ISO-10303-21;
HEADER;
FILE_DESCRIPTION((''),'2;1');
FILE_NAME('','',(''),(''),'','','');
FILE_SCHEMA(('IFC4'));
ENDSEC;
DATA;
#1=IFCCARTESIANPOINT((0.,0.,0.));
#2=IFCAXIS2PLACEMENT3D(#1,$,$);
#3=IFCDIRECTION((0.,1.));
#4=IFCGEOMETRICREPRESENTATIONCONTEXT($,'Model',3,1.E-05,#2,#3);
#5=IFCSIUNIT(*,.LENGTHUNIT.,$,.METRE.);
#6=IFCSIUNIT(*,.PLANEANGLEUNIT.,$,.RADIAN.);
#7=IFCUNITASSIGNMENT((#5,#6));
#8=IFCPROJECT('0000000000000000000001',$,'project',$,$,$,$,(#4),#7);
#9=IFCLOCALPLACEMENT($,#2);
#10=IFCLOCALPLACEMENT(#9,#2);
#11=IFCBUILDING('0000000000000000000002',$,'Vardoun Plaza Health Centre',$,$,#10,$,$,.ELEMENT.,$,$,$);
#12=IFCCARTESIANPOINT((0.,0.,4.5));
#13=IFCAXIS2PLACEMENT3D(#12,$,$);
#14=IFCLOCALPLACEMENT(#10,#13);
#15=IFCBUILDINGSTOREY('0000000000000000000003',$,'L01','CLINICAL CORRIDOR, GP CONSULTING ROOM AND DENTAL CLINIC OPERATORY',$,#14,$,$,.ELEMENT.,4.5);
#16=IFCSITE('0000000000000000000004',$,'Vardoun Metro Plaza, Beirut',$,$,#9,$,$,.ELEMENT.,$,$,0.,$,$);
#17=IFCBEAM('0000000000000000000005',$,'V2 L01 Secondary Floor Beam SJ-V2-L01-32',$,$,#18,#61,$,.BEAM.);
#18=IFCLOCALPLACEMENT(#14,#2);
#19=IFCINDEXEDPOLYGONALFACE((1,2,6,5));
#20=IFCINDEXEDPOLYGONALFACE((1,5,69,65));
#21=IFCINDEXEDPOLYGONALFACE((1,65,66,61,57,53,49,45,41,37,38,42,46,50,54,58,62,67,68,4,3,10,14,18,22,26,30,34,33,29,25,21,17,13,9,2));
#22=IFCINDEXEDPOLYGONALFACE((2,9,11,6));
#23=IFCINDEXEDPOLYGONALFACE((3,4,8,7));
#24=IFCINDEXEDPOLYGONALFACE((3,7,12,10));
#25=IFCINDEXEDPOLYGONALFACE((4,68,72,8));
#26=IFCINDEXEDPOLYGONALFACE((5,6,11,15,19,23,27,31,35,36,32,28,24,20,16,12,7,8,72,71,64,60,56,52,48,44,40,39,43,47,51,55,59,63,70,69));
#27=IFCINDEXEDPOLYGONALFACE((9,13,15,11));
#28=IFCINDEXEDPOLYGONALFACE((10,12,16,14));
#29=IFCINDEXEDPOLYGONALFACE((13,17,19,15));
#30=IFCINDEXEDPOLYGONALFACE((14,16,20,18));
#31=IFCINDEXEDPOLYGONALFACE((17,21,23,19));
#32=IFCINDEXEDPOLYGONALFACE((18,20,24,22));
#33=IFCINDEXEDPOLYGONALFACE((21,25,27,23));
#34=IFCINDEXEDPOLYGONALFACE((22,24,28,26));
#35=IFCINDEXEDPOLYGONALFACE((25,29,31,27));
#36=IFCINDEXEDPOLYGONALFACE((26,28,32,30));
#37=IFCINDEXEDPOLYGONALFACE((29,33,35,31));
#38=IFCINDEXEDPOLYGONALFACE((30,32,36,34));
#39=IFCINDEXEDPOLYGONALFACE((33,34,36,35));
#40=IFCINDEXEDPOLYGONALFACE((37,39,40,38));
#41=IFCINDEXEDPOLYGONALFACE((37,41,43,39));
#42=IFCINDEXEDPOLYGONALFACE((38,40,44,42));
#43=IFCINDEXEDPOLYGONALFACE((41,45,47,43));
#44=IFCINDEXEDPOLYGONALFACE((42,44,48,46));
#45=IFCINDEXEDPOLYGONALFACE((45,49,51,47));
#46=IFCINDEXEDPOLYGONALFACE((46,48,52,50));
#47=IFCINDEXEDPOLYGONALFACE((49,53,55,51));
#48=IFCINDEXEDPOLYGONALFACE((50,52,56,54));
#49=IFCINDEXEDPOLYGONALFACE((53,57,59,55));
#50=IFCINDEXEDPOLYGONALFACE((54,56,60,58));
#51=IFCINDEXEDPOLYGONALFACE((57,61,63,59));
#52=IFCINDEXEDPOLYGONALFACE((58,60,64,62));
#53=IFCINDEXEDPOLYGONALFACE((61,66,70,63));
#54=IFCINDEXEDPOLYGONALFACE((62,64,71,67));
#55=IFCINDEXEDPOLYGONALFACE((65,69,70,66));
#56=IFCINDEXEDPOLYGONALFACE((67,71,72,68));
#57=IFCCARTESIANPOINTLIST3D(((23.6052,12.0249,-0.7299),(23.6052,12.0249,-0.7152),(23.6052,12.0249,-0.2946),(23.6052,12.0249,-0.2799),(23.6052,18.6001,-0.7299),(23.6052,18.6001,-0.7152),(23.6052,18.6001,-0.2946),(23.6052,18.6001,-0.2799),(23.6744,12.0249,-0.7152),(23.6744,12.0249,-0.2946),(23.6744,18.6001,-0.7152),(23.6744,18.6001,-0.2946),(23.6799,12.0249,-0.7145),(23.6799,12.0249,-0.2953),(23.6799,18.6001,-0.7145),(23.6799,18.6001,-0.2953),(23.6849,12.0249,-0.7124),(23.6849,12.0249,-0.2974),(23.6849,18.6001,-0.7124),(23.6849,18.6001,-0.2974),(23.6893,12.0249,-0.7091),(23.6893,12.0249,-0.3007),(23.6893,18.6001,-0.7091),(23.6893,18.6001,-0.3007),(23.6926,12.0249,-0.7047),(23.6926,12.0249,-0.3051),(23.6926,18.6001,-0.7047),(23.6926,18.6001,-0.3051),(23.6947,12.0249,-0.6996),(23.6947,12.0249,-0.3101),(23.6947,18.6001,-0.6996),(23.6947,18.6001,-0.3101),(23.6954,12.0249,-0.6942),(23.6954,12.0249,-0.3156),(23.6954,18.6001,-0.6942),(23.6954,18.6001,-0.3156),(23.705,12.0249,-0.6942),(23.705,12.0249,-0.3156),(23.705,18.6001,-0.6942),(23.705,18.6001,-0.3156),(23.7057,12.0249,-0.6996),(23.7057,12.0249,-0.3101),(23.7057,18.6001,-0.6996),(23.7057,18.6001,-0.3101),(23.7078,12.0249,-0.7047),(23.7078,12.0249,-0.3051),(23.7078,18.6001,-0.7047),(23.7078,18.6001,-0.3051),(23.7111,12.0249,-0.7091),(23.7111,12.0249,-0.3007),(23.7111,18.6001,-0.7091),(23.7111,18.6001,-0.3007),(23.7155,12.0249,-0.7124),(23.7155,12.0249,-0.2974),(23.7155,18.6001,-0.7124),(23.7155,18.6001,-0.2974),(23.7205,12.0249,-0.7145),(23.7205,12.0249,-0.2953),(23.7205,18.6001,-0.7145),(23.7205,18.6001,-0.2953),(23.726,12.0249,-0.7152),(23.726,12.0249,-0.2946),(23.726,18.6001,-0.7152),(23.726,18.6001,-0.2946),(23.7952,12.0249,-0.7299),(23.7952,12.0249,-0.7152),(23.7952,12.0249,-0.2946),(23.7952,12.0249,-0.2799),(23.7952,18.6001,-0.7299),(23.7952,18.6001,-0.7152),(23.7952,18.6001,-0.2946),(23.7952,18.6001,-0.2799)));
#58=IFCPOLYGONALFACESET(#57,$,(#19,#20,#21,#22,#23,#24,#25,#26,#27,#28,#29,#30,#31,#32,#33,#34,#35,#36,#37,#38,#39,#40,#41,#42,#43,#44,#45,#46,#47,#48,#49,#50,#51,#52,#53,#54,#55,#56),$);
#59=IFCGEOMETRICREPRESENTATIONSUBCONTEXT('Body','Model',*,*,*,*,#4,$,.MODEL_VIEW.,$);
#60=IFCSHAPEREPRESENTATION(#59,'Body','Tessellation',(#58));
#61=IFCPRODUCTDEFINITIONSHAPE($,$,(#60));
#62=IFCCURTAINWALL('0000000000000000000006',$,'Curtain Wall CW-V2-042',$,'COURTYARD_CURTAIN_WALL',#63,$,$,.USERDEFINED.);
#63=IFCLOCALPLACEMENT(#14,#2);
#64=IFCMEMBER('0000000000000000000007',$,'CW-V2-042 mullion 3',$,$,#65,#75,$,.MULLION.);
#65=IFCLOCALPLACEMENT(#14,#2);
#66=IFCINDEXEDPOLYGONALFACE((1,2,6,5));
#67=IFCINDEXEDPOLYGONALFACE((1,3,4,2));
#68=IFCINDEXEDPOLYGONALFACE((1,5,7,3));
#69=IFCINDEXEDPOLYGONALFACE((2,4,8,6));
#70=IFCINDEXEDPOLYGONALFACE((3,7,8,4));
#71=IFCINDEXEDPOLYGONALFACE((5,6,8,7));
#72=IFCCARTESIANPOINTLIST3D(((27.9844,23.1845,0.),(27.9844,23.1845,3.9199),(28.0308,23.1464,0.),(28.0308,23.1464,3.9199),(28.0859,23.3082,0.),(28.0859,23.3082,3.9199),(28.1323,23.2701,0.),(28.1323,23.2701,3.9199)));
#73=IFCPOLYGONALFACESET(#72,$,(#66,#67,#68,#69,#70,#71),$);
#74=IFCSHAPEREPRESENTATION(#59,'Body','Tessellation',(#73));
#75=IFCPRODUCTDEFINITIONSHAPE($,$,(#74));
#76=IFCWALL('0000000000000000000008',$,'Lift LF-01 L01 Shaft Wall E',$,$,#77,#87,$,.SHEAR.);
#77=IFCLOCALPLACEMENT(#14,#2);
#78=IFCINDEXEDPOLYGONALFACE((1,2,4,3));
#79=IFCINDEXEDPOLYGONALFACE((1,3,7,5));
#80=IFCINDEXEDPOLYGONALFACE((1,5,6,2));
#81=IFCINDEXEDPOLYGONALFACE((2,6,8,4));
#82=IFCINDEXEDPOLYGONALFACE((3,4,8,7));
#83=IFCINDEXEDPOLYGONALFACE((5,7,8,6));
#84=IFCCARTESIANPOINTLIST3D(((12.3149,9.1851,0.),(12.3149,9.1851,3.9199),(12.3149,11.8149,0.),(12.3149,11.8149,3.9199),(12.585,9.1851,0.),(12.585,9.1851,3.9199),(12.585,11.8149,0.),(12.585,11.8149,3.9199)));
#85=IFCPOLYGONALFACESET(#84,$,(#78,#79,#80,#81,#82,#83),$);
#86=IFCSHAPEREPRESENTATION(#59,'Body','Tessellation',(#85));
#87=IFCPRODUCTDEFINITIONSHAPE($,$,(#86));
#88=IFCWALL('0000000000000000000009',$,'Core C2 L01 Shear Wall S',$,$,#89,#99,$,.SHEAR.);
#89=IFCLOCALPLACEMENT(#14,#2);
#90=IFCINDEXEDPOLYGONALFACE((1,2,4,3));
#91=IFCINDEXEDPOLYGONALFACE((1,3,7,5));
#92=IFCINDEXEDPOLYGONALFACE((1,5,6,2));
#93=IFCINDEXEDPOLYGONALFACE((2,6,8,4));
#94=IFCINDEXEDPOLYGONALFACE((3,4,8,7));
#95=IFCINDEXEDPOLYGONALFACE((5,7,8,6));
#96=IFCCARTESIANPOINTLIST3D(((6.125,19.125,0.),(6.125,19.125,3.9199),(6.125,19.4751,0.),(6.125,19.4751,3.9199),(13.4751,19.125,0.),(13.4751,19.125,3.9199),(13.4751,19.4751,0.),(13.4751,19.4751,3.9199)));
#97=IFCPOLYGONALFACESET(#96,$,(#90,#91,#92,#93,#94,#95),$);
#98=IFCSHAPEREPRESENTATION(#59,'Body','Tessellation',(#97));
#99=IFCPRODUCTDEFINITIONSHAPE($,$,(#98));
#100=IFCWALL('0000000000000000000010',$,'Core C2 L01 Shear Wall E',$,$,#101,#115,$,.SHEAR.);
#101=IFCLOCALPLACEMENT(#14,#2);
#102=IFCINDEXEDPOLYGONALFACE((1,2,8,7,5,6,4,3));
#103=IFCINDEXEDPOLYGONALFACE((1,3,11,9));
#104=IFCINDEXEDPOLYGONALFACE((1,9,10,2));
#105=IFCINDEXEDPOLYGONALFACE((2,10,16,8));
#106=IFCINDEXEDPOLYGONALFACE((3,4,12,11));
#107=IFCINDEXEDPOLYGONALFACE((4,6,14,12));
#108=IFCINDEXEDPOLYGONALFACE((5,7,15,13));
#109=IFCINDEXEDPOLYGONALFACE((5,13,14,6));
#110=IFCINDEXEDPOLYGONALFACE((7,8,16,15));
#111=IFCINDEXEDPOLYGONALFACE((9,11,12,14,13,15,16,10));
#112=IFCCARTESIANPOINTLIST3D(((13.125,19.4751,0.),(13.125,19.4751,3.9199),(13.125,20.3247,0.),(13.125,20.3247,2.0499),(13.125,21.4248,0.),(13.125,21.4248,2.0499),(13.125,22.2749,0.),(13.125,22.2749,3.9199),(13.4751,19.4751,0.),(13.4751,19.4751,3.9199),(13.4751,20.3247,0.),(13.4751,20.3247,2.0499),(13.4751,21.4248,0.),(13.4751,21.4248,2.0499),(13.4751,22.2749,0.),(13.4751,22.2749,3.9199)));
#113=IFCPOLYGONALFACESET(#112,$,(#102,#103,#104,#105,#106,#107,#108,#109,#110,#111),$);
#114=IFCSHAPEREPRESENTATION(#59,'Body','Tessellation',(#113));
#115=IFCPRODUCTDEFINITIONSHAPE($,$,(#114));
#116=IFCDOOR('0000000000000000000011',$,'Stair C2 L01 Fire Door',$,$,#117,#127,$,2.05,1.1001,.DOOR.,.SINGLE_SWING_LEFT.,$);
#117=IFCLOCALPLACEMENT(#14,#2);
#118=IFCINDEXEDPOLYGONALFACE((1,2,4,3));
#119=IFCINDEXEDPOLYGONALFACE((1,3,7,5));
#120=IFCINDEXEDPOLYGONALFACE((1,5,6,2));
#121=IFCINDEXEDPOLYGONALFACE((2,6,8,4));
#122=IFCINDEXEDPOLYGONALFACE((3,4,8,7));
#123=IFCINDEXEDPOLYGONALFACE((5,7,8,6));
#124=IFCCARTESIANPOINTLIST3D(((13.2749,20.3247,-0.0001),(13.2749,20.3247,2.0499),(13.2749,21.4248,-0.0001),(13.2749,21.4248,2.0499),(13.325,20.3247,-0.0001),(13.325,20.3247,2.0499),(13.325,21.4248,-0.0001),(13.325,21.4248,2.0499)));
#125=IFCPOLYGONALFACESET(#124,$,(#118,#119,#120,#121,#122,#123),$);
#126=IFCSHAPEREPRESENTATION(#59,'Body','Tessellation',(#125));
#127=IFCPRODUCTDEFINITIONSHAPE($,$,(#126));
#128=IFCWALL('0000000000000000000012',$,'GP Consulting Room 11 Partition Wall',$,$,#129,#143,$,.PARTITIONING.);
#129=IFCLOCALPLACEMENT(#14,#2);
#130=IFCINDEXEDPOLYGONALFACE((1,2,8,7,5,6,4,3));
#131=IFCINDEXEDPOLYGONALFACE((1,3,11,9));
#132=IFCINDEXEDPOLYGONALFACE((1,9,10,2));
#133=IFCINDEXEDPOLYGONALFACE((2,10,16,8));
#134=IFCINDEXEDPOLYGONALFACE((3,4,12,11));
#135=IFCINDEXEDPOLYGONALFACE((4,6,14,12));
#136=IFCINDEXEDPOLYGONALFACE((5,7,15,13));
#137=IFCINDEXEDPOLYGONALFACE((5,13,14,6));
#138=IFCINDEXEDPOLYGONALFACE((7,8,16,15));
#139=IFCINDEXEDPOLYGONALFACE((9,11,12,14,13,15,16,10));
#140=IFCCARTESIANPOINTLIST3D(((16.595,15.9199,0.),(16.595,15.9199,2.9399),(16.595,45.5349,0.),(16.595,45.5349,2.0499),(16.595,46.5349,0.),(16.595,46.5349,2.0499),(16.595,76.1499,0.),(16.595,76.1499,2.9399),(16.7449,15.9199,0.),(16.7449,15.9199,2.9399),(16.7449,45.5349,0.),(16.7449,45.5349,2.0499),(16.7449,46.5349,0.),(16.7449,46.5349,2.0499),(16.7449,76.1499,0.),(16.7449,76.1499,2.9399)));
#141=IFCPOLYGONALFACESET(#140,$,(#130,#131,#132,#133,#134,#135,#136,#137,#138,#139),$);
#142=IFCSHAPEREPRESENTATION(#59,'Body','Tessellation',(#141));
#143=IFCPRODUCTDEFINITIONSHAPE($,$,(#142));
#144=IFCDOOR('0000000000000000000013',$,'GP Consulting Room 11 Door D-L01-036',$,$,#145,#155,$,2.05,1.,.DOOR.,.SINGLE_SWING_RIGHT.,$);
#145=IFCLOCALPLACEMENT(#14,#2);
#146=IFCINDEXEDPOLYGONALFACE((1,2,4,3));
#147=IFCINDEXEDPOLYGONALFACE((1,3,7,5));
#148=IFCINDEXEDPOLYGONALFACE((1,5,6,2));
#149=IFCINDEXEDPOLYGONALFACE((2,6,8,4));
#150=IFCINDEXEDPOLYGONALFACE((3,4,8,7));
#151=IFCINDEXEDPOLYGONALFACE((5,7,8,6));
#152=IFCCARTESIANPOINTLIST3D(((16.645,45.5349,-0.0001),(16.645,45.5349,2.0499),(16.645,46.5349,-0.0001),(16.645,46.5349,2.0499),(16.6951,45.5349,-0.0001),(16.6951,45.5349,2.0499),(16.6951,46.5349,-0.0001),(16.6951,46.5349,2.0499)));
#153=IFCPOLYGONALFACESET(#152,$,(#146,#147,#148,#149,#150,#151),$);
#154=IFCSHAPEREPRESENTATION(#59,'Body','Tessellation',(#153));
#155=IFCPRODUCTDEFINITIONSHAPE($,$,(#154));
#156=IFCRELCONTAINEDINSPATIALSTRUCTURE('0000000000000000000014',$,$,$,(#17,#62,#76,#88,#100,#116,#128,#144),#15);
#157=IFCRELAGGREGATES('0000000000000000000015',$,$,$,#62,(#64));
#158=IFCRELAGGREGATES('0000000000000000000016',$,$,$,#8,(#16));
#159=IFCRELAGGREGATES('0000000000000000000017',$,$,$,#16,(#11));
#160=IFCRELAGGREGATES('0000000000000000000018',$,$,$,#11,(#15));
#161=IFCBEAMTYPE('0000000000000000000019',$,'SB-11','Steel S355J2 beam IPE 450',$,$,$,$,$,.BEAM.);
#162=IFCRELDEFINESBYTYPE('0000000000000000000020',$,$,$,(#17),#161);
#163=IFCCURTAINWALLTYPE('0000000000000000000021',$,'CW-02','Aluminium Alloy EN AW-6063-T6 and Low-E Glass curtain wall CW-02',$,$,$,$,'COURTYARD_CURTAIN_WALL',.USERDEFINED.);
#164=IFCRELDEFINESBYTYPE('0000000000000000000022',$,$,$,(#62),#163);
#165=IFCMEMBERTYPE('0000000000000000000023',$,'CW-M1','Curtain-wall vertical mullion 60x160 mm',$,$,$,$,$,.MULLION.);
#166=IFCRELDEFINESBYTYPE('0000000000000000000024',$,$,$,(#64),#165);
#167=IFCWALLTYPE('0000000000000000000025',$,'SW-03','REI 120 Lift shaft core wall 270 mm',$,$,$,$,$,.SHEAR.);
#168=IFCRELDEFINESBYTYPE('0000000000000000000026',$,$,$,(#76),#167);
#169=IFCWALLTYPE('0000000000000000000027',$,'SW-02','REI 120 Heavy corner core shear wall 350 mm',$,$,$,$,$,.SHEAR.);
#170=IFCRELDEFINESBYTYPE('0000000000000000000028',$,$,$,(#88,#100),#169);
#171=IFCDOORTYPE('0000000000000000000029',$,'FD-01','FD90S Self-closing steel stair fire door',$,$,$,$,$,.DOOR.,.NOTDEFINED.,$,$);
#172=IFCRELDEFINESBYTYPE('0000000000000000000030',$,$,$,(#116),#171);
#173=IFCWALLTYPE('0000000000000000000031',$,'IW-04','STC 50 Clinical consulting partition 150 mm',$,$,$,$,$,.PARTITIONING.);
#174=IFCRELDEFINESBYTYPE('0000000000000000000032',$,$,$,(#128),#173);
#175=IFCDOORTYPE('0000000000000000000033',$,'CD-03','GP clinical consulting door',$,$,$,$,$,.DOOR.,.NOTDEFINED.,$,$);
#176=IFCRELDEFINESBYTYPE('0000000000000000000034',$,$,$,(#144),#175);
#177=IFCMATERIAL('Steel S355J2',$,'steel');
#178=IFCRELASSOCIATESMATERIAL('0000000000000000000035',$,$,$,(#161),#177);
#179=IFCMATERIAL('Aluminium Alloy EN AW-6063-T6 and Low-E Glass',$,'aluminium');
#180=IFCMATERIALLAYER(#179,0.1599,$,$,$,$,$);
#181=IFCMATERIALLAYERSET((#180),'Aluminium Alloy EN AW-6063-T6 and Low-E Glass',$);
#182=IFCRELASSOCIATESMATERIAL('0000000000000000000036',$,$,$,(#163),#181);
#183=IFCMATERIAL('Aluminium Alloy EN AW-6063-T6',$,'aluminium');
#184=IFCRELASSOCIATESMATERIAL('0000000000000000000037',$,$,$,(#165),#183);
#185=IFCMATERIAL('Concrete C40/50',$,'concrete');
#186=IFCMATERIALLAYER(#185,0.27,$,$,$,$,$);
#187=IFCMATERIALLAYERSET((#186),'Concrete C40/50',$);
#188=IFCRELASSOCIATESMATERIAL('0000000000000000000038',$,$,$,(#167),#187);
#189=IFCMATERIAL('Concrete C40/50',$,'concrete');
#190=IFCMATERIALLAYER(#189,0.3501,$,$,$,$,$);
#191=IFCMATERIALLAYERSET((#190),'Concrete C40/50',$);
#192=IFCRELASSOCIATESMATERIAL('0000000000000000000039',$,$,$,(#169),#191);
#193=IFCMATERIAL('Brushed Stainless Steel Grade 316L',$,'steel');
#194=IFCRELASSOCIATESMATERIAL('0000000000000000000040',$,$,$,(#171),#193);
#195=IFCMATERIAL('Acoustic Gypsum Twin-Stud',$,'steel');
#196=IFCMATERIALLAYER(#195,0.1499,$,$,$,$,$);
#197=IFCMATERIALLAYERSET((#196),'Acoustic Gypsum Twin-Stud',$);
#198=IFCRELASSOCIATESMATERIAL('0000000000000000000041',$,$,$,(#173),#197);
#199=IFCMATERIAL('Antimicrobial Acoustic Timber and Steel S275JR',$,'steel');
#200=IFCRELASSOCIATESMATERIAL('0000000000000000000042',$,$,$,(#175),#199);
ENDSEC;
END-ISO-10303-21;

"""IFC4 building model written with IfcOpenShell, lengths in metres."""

from ifc_helpers import new_model, si_unit, direction, frame, frame_2d, origin, origin_2d, place, context, subcontext, project, spatial, rectangle, i_section, extrude, material, layer, layer_set, material_profile, profile_set, type_object, element, fill, aggregate, save


model = new_model("IFC4")

# Units and contexts
model_context = context("Model", 3, precision=1e-05, world=origin(), true_north=direction((0.0, 1.0)))
body_context = subcontext(model_context, "Body", "Model", "MODEL_VIEW")
ifc_project = project(units=[si_unit("LENGTHUNIT", "METRE"), si_unit("PLANEANGLEUNIT", "RADIAN")], contexts=[model_context])

# Site, building, storey
site_placement = place(None, origin())
site = spatial("IfcSite", under=ifc_project, at=site_placement, Name="Vardoun Metro Plaza, Beirut", CompositionType="ELEMENT", RefElevation=0.0)
building_placement = place(site_placement, origin())
building = spatial("IfcBuilding", under=site, at=building_placement, Name="Vardoun Plaza Health Centre", CompositionType="ELEMENT")
storey_placement = place(building_placement, frame((0.0, 0.0, 4.5)))
storey = spatial("IfcBuildingStorey", under=building, at=storey_placement, Name="L01", Description="CLINICAL CORRIDOR, GP CONSULTING ROOM AND DENTAL CLINIC OPERATORY", CompositionType="ELEMENT", Elevation=4.5)

# Beam
ifc_material_1 = material(Name="Steel S355J2", Category="steel")
ifc_material_profile_1 = material_profile(ifc_material_1, i_section(OverallWidth=0.1899, OverallDepth=0.45, WebThickness=0.0095, FlangeThickness=0.0146, FilletRadius=0.021, at=origin_2d()), Name="IPE 450")
ifc_profile_set_1 = profile_set([ifc_material_profile_1], Name="Steel S355J2")
beam_type_1 = type_object("IfcBeamType", Name="SB-11", Description="Steel S355J2 beam IPE 450", PredefinedType="BEAM", material=ifc_profile_set_1)
beam_1_placement = place(storey_placement, frame((23.7002, 12.0249, -0.5049), z_axis=(0.0, 1.0, 0.0), x_axis=(-1.0, 0.0, 0.0)))
element("IfcBeam", 1, at=beam_1_placement, inside=storey, type_object=beam_type_1, Name="V2 L01 Secondary Floor Beam SJ-V2-L01-32", PredefinedType="BEAM", context=body_context, shape_type="SweptSolid", body=[
    extrude(i_section(OverallWidth=0.1899, OverallDepth=0.45, WebThickness=0.0095, FlangeThickness=0.0146, FilletRadius=0.021, at=origin_2d()), origin(), (0.0, 0.0, 1.0), 6.5752),
])

# Curtain wall, member
ifc_material_2 = material(Name="Aluminium Alloy EN AW-6063-T6 and Low-E Glass", Category="aluminium")
ifc_layer_1 = layer(ifc_material_2, 0.1599)
ifc_layer_set_1 = layer_set([ifc_layer_1], Name="Aluminium Alloy EN AW-6063-T6 and Low-E Glass")
curtain_wall_type = type_object("IfcCurtainWallType", Name="CW-02", Description="Aluminium Alloy EN AW-6063-T6 and Low-E Glass curtain wall CW-02", ElementType="COURTYARD_CURTAIN_WALL", PredefinedType="USERDEFINED", material=ifc_layer_set_1)
curtain_wall_placement = place(storey_placement, origin())
curtain_wall = element("IfcCurtainWall", 2, at=curtain_wall_placement, inside=storey, type_object=curtain_wall_type, Name="Curtain Wall CW-V2-042", ObjectType="COURTYARD_CURTAIN_WALL", PredefinedType="USERDEFINED")
ifc_material_3 = material(Name="Aluminium Alloy EN AW-6063-T6", Category="aluminium")
ifc_material_profile_2 = material_profile(ifc_material_3, rectangle(XDim=0.1599, YDim=0.0601, at=origin_2d()), Name="CWM 60x160")
ifc_profile_set_2 = profile_set([ifc_material_profile_2], Name="Aluminium Alloy EN AW-6063-T6")
member_type = type_object("IfcMemberType", Name="CW-M1", Description="Curtain-wall vertical mullion 60x160 mm", PredefinedType="MULLION", material=ifc_profile_set_2)
member_placement = place(storey_placement, frame((28.0583, 23.2273, 0.0), z_axis=(0.0, 0.0, 1.0), x_axis=(0.634385, 0.773017, 0.0)))
member = element("IfcMember", 3, at=member_placement, type_object=member_type, Name="CW-V2-042 mullion 3", PredefinedType="MULLION", context=body_context, shape_type="SweptSolid", body=[
    extrude(rectangle(XDim=0.1599, YDim=0.0601, at=origin_2d()), origin(), (0.0, 0.0, 1.0), 3.9199),
])
aggregate(curtain_wall, [member])

# Walls
ifc_material_4 = material(Name="Concrete C40/50", Category="concrete")
ifc_layer_2 = layer(ifc_material_4, 0.27)
ifc_layer_set_2 = layer_set([ifc_layer_2], Name="Concrete C40/50")
wall_type_1 = type_object("IfcWallType", Name="SW-03", Description="REI 120 Lift shaft core wall 270 mm", PredefinedType="SHEAR", material=ifc_layer_set_2)
wall_1_placement = place(storey_placement, frame((12.45, 11.8149, 0.0), z_axis=(0.0, 0.0, 1.0), x_axis=(0.0, -1.0, 0.0)))
element("IfcWall", 4, at=wall_1_placement, inside=storey, type_object=wall_type_1, Name="Lift LF-01 L01 Shaft Wall E", PredefinedType="SHEAR", context=body_context, shape_type="SweptSolid", body=[
    extrude(rectangle(XDim=2.6299, YDim=0.27, at=frame_2d((1.3149, 0.0))), origin(), (0.0, 0.0, 1.0), 3.9199),
])
ifc_material_5 = material(Name="Concrete C40/50", Category="concrete")
ifc_layer_3 = layer(ifc_material_5, 0.3501)
ifc_layer_set_3 = layer_set([ifc_layer_3], Name="Concrete C40/50")
wall_type_2 = type_object("IfcWallType", Name="SW-02", Description="REI 120 Heavy corner core shear wall 350 mm", PredefinedType="SHEAR", material=ifc_layer_set_3)
wall_2_placement = place(storey_placement, frame((13.4751, 19.3, 0.0), z_axis=(0.0, 0.0, 1.0), x_axis=(-1.0, 0.0, 0.0)))
element("IfcWall", 5, at=wall_2_placement, inside=storey, type_object=wall_type_2, Name="Core C2 L01 Shear Wall S", PredefinedType="SHEAR", context=body_context, shape_type="SweptSolid", body=[
    extrude(rectangle(XDim=7.3501, YDim=0.3501, at=frame_2d((3.675, 0.0))), origin(), (0.0, 0.0, 1.0), 3.9199),
])

# Walls, openings, doors
wall_3_placement = place(storey_placement, frame((13.3, 22.2749, 0.0), z_axis=(0.0, 0.0, 1.0), x_axis=(0.0, -1.0, 0.0)))
wall_3 = element("IfcWall", 6, at=wall_3_placement, inside=storey, type_object=wall_type_2, Name="Core C2 L01 Shear Wall E", PredefinedType="SHEAR", context=body_context, shape_type="SweptSolid", body=[
    extrude(rectangle(XDim=2.7998, YDim=0.3501, at=frame_2d((1.3999, 0.0))), origin(), (0.0, 0.0, 1.0), 3.9199),
])
opening_1_placement = place(wall_3_placement, frame((0.8501, 0.0, 0.0)))
opening_1 = element("IfcOpeningElement", 7, at=opening_1_placement, cuts=wall_3, PredefinedType="OPENING", context=body_context, shape_type="SweptSolid", body=[
    extrude(rectangle(XDim=1.1001, YDim=2.05, at=frame_2d((0.55, 1.0249))), frame((0.0, 0.175, 0.0), z_axis=(0.0, -1.0, 0.0), x_axis=(1.0, 0.0, 0.0)), (0.0, 0.0, 1.0), 0.3501),
])
ifc_material_6 = material(Name="Brushed Stainless Steel Grade 316L", Category="steel")
door_type_1 = type_object("IfcDoorType", Name="FD-01", Description="FD90S Self-closing steel stair fire door", OperationType="NOTDEFINED", PredefinedType="DOOR", material=ifc_material_6)
door_1_placement = place(opening_1_placement, origin())
door_1 = element("IfcDoor", 8, at=door_1_placement, inside=storey, type_object=door_type_1, Name="Stair C2 L01 Fire Door", OperationType="SINGLE_SWING_LEFT", OverallHeight=2.05, OverallWidth=1.1001, PredefinedType="DOOR", context=body_context, shape_type="SweptSolid", body=[
    extrude(rectangle(XDim=1.1001, YDim=2.05, at=frame_2d((0.55, 1.0249))), frame((0.0, 0.0249, 0.0), z_axis=(0.0, -1.0, 0.0), x_axis=(1.0, 0.0, 0.0)), (0.0, 0.0, 1.0), 0.05),
])
fill(opening_1, door_1)
ifc_material_7 = material(Name="Acoustic Gypsum Twin-Stud", Category="steel")
ifc_layer_4 = layer(ifc_material_7, 0.1499)
ifc_layer_set_4 = layer_set([ifc_layer_4], Name="Acoustic Gypsum Twin-Stud")
wall_type_3 = type_object("IfcWallType", Name="IW-04", Description="STC 50 Clinical consulting partition 150 mm", PredefinedType="PARTITIONING", material=ifc_layer_set_4)
wall_4_placement = place(storey_placement, frame((16.6699, 15.9199, 0.0), z_axis=(0.0, 0.0, 1.0), x_axis=(0.0, 1.0, 0.0)))
wall_4 = element("IfcWall", 9, at=wall_4_placement, inside=storey, type_object=wall_type_3, Name="GP Consulting Room 11 Partition Wall", PredefinedType="PARTITIONING", context=body_context, shape_type="SweptSolid", body=[
    extrude(rectangle(XDim=60.23, YDim=0.1499, at=frame_2d((30.115, 0.0))), origin(), (0.0, 0.0, 1.0), 2.9399),
])
opening_2_placement = place(wall_4_placement, frame((29.615, 0.0, 0.0)))
opening_2 = element("IfcOpeningElement", 10, at=opening_2_placement, cuts=wall_4, PredefinedType="OPENING", context=body_context, shape_type="SweptSolid", body=[
    extrude(rectangle(XDim=1.0, YDim=2.05, at=frame_2d((0.5, 1.0249))), frame((0.0, 0.075, 0.0), z_axis=(0.0, -1.0, 0.0), x_axis=(1.0, 0.0, 0.0)), (0.0, 0.0, 1.0), 0.1499),
])
ifc_material_8 = material(Name="Antimicrobial Acoustic Timber and Steel S275JR", Category="steel")
door_type_2 = type_object("IfcDoorType", Name="CD-03", Description="GP clinical consulting door", OperationType="NOTDEFINED", PredefinedType="DOOR", material=ifc_material_8)
door_2_placement = place(opening_2_placement, origin())
door_2 = element("IfcDoor", 11, at=door_2_placement, inside=storey, type_object=door_type_2, Name="GP Consulting Room 11 Door D-L01-036", OperationType="SINGLE_SWING_RIGHT", OverallHeight=2.05, OverallWidth=1.0, PredefinedType="DOOR", context=body_context, shape_type="SweptSolid", body=[
    extrude(rectangle(XDim=1.0, YDim=2.05, at=frame_2d((0.5, 1.0249))), frame((0.0, 0.0249, 0.0), z_axis=(0.0, -1.0, 0.0), x_axis=(1.0, 0.0, 0.0)), (0.0, 0.0, 1.0), 0.05),
])
fill(opening_2, door_2)

save(model, "model.ifc")
